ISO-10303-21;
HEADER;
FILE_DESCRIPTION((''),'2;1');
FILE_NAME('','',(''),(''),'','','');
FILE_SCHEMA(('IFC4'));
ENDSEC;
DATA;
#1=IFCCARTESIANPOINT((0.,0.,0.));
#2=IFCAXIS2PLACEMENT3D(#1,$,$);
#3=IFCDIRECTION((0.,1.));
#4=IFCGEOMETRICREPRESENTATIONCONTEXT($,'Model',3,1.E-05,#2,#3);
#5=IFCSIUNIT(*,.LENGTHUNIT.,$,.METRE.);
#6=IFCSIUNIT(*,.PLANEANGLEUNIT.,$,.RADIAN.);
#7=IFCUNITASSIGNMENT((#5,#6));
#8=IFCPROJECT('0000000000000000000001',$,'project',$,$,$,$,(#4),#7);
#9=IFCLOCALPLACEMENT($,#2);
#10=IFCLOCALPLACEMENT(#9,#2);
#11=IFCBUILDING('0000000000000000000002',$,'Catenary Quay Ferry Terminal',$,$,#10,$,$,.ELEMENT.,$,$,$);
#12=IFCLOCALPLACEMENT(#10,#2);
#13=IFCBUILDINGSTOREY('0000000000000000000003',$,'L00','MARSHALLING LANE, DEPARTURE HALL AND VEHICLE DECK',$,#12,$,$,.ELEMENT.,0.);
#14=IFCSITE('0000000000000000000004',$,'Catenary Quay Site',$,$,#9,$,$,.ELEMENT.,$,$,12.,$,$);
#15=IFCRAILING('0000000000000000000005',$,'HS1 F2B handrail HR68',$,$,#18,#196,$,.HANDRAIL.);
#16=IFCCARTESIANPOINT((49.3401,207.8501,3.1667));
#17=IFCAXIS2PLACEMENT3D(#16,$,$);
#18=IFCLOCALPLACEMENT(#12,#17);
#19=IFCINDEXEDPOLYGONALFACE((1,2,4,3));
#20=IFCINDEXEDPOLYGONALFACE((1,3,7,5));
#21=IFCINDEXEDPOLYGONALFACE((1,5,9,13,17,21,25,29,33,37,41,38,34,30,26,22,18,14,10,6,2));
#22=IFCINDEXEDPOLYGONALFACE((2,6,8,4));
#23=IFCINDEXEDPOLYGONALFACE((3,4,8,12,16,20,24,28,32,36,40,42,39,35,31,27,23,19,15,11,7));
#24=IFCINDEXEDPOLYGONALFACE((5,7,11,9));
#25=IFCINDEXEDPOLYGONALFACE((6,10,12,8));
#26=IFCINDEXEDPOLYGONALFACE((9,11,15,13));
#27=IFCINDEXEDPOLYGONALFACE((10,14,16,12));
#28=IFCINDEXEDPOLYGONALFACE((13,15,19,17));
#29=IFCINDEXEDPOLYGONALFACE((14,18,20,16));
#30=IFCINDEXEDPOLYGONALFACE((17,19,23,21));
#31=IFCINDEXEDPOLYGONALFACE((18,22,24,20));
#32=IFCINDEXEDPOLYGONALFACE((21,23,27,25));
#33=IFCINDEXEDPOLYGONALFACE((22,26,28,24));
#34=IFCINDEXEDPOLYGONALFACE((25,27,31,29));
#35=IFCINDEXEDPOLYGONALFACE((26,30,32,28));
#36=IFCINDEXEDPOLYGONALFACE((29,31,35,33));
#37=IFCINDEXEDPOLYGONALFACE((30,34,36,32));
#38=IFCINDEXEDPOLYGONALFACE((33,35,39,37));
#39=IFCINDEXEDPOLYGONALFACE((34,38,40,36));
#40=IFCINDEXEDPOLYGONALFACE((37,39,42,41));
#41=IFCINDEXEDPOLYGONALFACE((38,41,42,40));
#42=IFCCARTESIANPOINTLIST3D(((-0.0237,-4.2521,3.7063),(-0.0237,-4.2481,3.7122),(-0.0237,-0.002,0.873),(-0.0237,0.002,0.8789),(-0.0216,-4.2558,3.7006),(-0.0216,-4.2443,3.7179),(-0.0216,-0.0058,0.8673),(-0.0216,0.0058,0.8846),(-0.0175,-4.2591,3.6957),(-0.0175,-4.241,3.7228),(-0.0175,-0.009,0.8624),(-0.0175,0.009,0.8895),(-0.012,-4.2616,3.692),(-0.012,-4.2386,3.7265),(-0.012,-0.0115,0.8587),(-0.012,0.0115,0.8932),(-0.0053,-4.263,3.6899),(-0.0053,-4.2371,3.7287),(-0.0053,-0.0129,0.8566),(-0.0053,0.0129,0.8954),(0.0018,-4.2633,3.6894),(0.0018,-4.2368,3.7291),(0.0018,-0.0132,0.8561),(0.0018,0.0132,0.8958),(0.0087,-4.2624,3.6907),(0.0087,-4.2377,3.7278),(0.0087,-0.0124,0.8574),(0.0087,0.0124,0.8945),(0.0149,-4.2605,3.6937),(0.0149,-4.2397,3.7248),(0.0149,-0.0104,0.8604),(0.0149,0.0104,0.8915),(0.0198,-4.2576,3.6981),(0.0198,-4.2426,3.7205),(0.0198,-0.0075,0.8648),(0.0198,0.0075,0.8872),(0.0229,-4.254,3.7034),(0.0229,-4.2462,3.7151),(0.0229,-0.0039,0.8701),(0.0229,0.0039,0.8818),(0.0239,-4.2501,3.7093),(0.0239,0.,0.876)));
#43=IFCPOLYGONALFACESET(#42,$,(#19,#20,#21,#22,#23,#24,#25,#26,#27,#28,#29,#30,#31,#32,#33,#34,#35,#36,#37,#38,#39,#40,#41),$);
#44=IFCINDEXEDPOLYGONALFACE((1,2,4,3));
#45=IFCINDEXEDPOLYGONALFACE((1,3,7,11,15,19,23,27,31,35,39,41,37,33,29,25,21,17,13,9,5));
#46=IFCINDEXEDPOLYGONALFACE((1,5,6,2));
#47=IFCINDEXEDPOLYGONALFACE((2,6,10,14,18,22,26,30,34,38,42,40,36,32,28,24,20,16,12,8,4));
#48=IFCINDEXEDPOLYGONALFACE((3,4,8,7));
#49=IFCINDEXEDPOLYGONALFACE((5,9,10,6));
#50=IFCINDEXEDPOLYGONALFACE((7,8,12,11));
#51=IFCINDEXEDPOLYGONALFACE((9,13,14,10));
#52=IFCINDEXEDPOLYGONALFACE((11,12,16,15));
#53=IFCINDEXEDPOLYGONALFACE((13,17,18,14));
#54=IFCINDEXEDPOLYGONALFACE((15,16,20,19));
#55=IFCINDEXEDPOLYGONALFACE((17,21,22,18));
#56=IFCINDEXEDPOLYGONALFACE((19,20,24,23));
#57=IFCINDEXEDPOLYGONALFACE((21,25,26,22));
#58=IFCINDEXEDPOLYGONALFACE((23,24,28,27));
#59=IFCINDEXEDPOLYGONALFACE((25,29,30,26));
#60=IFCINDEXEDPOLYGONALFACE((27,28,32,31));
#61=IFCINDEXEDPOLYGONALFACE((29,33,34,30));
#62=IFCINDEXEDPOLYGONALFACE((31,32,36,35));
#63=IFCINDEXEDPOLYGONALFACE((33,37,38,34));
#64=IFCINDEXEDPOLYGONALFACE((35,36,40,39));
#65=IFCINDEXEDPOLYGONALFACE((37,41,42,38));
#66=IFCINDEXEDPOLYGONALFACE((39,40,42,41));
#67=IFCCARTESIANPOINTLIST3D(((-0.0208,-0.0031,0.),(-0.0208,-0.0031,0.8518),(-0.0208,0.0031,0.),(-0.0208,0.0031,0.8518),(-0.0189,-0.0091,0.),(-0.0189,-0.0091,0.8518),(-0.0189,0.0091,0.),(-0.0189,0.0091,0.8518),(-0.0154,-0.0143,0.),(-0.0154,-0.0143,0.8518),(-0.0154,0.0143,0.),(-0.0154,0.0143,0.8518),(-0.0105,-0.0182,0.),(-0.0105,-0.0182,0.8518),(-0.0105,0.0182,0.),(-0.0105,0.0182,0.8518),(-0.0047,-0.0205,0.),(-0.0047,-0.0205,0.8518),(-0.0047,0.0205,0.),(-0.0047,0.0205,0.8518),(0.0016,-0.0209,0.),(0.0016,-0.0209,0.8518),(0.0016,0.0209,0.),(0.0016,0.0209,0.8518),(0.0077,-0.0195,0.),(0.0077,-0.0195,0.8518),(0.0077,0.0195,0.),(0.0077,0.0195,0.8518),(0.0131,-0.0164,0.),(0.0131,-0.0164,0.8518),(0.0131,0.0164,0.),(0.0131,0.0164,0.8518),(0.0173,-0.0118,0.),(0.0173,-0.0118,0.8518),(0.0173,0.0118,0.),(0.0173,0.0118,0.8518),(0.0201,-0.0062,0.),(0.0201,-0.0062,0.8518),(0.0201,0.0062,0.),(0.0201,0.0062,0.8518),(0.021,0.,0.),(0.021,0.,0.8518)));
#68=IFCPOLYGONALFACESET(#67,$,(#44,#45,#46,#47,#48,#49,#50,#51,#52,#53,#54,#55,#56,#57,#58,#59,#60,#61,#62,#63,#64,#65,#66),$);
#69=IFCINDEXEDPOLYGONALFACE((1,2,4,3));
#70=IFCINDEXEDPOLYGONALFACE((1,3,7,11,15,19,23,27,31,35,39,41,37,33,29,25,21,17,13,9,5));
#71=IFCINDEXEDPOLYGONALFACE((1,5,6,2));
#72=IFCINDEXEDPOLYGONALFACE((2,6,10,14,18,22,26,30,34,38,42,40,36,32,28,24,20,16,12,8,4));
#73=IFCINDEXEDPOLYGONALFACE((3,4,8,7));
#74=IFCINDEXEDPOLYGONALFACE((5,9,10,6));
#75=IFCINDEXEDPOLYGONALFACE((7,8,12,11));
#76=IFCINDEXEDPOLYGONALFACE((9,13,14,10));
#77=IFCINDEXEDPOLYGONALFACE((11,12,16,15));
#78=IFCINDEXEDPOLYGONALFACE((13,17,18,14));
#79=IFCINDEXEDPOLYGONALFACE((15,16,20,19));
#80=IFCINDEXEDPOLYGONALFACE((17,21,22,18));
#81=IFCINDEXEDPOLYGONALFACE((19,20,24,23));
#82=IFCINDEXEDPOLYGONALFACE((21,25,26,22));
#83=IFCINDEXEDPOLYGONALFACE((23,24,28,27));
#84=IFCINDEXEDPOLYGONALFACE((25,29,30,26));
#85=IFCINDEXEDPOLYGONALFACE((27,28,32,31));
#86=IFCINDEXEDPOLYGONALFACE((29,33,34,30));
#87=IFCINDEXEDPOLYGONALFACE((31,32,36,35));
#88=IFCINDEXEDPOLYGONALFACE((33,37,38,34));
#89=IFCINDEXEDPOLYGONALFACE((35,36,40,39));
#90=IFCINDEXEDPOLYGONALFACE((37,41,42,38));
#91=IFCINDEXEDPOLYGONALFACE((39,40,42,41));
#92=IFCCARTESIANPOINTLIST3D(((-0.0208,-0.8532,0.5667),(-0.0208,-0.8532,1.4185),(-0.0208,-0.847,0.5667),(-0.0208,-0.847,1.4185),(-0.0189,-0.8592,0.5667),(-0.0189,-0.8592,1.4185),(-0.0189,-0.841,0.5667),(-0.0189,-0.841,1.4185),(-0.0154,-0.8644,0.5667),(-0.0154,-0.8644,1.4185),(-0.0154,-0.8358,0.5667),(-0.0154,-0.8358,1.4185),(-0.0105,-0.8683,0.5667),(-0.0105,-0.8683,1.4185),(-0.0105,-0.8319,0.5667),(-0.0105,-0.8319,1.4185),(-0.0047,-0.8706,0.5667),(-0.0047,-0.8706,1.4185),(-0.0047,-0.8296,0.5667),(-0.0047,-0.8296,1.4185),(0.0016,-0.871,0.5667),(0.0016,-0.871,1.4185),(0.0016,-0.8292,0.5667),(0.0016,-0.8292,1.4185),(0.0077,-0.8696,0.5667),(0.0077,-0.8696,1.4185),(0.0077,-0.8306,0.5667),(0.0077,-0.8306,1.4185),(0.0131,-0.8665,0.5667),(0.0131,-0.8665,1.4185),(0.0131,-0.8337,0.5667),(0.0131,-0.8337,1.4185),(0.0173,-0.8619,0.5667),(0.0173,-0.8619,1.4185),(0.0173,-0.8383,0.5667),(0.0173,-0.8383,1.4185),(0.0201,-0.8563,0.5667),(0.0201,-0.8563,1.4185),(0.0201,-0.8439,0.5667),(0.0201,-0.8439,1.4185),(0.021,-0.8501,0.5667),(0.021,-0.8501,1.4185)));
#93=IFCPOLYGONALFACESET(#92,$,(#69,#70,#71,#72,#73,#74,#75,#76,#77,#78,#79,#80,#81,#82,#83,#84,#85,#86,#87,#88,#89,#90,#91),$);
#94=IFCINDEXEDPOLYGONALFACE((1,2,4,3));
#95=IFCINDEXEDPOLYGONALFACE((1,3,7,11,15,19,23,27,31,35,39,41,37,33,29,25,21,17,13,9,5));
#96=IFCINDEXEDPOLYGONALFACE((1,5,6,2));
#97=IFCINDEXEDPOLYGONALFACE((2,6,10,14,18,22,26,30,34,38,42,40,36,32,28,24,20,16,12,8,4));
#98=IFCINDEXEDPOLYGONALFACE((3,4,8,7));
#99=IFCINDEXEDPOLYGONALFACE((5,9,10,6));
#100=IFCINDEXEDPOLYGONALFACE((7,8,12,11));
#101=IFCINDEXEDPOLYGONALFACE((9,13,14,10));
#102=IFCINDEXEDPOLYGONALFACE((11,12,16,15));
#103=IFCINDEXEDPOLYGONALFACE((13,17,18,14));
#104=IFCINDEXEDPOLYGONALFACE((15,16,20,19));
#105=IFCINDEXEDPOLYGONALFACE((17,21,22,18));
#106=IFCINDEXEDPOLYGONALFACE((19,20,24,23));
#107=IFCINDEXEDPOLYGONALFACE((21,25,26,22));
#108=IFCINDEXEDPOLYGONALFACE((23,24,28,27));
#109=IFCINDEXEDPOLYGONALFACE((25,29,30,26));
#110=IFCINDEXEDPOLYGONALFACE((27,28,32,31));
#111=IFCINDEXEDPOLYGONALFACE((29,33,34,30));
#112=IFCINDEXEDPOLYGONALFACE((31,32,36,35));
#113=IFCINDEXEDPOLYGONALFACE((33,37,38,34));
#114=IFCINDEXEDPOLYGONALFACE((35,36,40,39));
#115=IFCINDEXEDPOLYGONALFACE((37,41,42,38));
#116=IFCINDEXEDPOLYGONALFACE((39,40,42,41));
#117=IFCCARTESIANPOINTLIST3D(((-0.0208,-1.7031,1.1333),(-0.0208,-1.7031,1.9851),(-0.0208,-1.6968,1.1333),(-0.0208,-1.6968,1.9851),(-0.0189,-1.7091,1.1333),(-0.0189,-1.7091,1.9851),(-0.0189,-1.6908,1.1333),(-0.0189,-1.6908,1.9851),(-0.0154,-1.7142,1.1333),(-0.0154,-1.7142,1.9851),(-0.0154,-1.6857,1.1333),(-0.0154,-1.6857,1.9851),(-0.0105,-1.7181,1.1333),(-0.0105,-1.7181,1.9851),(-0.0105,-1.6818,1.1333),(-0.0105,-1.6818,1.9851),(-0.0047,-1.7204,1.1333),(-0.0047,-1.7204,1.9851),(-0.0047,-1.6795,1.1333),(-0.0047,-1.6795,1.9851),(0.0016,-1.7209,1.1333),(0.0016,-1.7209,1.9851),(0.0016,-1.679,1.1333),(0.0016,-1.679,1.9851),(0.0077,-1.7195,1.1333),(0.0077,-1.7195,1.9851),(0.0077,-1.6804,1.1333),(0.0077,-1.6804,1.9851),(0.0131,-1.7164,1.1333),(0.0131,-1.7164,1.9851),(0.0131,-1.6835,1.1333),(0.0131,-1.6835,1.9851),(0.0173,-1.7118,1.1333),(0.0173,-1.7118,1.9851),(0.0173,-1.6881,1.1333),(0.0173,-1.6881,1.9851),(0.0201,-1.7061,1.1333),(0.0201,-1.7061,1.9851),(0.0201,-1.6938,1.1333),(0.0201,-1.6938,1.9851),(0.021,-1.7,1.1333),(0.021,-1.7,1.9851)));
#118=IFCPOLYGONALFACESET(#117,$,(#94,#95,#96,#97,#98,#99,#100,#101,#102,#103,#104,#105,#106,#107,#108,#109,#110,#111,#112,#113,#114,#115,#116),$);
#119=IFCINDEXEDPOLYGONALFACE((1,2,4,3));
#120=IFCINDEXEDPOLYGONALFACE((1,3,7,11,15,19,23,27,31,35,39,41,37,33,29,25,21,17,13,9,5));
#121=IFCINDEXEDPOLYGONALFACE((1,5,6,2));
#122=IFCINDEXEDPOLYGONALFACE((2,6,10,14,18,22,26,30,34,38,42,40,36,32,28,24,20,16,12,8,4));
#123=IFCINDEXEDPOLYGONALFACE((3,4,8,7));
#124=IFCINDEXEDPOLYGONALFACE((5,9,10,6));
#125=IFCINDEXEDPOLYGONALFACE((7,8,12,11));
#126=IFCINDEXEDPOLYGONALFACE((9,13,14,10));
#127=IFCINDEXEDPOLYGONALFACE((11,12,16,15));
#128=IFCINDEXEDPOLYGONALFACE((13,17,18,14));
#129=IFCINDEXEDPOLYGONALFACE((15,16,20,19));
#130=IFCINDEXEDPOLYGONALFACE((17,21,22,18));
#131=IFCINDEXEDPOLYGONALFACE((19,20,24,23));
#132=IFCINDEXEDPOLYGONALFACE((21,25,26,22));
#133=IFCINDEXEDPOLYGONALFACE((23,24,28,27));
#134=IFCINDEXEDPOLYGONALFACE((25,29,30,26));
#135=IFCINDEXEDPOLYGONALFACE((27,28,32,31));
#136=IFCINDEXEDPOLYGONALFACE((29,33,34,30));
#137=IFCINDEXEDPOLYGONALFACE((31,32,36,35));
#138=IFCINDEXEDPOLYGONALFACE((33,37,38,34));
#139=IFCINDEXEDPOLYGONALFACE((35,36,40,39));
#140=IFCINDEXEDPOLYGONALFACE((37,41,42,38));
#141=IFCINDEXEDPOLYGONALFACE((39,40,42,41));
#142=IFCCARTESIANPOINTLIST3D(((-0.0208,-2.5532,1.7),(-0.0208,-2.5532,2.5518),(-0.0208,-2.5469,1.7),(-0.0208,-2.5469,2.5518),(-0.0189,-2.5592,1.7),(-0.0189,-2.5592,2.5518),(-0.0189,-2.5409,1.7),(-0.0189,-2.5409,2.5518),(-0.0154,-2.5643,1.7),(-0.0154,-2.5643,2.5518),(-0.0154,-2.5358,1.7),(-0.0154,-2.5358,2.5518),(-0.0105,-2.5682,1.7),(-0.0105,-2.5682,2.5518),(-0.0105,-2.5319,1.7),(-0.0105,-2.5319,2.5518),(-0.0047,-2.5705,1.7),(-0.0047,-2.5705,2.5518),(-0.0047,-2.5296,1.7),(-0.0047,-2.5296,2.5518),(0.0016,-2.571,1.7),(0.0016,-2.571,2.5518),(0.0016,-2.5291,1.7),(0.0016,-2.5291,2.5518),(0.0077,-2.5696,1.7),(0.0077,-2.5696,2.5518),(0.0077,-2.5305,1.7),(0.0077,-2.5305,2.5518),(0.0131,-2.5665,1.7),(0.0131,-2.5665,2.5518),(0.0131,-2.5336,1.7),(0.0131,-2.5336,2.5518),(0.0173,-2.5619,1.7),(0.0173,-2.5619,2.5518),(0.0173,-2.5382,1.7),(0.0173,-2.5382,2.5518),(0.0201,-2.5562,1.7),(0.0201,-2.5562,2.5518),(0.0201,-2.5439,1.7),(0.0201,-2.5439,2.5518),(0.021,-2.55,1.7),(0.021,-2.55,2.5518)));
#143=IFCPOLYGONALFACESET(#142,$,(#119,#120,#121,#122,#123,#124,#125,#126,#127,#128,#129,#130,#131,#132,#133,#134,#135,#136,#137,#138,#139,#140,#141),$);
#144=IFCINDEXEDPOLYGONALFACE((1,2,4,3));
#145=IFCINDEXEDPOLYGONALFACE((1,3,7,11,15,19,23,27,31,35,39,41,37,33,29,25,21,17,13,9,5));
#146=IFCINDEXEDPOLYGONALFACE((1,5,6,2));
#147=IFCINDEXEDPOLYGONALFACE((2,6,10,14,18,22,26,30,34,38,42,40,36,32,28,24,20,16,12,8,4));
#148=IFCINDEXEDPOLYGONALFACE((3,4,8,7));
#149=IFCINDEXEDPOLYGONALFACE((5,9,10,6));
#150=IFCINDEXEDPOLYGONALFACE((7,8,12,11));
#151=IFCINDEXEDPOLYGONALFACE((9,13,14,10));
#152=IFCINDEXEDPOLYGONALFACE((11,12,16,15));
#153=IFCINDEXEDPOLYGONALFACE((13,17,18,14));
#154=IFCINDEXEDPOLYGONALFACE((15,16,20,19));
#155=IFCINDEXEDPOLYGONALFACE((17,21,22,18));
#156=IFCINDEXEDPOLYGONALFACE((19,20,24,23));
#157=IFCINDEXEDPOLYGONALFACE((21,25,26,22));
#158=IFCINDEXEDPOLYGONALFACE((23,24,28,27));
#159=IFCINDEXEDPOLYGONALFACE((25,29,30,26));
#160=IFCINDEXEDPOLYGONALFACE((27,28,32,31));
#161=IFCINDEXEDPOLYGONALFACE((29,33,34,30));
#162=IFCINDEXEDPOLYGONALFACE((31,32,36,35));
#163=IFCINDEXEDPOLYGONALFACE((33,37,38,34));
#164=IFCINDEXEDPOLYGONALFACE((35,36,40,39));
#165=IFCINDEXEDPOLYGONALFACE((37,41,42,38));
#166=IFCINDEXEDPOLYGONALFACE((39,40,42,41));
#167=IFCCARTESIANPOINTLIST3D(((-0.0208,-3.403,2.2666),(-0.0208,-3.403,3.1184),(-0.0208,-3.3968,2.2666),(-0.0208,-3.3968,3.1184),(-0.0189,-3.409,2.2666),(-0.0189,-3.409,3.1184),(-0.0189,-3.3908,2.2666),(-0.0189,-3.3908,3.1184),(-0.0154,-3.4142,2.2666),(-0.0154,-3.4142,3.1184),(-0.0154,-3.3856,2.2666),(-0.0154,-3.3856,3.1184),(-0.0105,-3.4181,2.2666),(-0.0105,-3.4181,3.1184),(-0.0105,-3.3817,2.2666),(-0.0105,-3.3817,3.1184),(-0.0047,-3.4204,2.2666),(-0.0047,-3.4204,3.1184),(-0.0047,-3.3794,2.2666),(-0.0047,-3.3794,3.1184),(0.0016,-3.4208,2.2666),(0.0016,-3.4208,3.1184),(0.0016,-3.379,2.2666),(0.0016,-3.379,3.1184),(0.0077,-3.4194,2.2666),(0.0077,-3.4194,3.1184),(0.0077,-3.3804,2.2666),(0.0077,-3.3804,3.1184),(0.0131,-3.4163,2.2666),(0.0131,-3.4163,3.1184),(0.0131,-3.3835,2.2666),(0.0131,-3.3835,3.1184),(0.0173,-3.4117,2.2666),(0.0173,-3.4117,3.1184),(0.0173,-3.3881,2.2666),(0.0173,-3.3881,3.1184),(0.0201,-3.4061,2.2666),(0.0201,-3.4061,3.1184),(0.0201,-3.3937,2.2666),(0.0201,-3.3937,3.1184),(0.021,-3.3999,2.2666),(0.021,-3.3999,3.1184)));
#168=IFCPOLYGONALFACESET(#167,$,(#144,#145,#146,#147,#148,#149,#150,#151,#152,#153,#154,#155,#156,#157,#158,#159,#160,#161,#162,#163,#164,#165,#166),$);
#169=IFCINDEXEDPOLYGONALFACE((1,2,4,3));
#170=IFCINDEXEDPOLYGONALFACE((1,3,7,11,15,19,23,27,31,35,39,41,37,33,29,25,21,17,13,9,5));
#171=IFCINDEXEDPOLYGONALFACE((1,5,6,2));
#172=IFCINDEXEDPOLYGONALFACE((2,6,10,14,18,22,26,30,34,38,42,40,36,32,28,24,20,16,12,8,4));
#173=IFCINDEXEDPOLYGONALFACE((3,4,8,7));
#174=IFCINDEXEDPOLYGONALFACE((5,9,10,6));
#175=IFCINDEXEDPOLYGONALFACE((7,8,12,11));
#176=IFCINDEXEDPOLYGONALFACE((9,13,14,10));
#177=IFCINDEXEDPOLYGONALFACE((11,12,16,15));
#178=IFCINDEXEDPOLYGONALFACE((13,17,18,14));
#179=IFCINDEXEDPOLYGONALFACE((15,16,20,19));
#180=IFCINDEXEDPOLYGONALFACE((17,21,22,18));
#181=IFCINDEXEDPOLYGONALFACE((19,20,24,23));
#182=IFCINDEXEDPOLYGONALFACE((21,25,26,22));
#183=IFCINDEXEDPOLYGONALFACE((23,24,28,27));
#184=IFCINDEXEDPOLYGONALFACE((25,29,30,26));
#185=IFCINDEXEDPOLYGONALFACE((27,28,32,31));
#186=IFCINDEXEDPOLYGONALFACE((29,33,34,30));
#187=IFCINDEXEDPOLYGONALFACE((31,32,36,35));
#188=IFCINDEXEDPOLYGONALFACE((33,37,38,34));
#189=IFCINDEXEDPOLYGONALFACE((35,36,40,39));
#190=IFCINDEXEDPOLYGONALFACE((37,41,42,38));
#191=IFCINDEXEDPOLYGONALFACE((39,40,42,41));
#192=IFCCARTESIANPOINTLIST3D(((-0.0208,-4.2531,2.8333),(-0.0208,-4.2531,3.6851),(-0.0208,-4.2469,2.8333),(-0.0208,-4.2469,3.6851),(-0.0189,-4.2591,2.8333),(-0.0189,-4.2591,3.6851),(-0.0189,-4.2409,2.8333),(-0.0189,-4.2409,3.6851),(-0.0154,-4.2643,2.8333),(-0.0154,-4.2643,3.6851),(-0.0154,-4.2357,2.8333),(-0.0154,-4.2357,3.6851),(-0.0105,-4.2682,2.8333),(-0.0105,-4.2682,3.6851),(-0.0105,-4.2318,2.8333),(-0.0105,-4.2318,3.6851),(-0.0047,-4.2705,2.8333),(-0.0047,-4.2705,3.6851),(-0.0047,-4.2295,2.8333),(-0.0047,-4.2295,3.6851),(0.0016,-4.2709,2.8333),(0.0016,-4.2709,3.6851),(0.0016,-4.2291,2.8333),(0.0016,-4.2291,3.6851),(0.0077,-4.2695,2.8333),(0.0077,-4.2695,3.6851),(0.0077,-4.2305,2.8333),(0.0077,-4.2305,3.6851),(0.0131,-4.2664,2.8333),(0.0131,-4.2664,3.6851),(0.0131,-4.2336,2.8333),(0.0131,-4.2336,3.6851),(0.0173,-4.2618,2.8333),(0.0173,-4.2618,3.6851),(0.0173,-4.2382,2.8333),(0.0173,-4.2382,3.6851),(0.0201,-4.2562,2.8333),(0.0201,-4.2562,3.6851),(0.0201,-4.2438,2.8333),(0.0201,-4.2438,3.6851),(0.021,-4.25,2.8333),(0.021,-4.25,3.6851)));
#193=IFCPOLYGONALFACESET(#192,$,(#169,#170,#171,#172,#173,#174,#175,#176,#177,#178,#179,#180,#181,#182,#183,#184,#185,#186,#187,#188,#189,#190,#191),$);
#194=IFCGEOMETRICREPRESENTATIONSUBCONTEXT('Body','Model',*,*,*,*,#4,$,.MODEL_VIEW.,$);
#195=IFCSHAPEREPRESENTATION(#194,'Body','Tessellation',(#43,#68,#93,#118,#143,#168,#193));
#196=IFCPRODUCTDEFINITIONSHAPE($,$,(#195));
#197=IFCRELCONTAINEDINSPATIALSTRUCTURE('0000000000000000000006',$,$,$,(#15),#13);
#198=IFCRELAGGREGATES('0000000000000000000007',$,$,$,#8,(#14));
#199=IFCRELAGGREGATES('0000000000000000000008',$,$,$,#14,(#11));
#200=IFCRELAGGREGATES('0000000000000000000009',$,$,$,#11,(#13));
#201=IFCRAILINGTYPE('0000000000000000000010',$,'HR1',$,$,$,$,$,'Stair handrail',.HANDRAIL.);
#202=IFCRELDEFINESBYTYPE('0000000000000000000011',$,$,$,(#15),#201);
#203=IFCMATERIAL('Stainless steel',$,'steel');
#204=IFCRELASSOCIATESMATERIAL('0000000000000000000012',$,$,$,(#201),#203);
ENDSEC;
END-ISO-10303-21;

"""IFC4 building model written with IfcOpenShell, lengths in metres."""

from ifc_helpers import new_model, si_unit, direction, frame, origin, origin_2d, place, context, subcontext, project, spatial, circle, extrude, material, type_object, element, save


model = new_model("IFC4")

# Units and contexts
model_context = context("Model", 3, precision=1e-05, world=origin(), true_north=direction((0.0, 1.0)))
body_context = subcontext(model_context, "Body", "Model", "MODEL_VIEW")
ifc_project = project(units=[si_unit("LENGTHUNIT", "METRE"), si_unit("PLANEANGLEUNIT", "RADIAN")], contexts=[model_context])

# Site, building, storey
site_placement = place(None, origin())
site = spatial("IfcSite", under=ifc_project, at=site_placement, Name="Catenary Quay Site", CompositionType="ELEMENT", RefElevation=12.0)
building_placement = place(site_placement, origin())
building = spatial("IfcBuilding", under=site, at=building_placement, Name="Catenary Quay Ferry Terminal", CompositionType="ELEMENT")
storey_placement = place(building_placement, origin())
storey = spatial("IfcBuildingStorey", under=building, at=storey_placement, Name="L00", Description="MARSHALLING LANE, DEPARTURE HALL AND VEHICLE DECK", CompositionType="ELEMENT", Elevation=0.0)

# Railing
ifc_material_1 = material(Name="Stainless steel", Category="steel")
railing_type_1 = type_object("IfcRailingType", Name="HR1", ElementType="Stair handrail", PredefinedType="HANDRAIL", material=ifc_material_1)
for number, where, name in (
    (1, (49.3401, 207.8501, 3.1667), "HS1 F2B handrail HR68"),
):
    element("IfcRailing", number, at=place(storey_placement, frame(where)), inside=storey, type_object=railing_type_1, Name=name, PredefinedType="HANDRAIL", context=body_context, shape_type="SweptSolid", body=[
        extrude(circle(Radius=0.0239, at=origin_2d()), frame((0.0, 0.0, 0.876), z_axis=(0.0, -0.832058, 0.554689), x_axis=(1.0, 0.0, 0.0)), (0.0, 0.0, 1.0), 5.1079),
        extrude(circle(Radius=0.021, at=origin_2d()), origin(), (0.0, 0.0, 1.0), 0.8518),
        extrude(circle(Radius=0.021, at=origin_2d()), frame((0.0, -0.8501, 0.5667)), (0.0, 0.0, 1.0), 0.8518),
        extrude(circle(Radius=0.021, at=origin_2d()), frame((0.0, -1.7, 1.1333)), (0.0, 0.0, 1.0), 0.8518),
        extrude(circle(Radius=0.021, at=origin_2d()), frame((0.0, -2.55, 1.7)), (0.0, 0.0, 1.0), 0.8518),
        extrude(circle(Radius=0.021, at=origin_2d()), frame((0.0, -3.3999, 2.2666)), (0.0, 0.0, 1.0), 0.8518),
        extrude(circle(Radius=0.021, at=origin_2d()), frame((0.0, -4.25, 2.8333)), (0.0, 0.0, 1.0), 0.8518),
    ])

save(model, "model.ifc")
